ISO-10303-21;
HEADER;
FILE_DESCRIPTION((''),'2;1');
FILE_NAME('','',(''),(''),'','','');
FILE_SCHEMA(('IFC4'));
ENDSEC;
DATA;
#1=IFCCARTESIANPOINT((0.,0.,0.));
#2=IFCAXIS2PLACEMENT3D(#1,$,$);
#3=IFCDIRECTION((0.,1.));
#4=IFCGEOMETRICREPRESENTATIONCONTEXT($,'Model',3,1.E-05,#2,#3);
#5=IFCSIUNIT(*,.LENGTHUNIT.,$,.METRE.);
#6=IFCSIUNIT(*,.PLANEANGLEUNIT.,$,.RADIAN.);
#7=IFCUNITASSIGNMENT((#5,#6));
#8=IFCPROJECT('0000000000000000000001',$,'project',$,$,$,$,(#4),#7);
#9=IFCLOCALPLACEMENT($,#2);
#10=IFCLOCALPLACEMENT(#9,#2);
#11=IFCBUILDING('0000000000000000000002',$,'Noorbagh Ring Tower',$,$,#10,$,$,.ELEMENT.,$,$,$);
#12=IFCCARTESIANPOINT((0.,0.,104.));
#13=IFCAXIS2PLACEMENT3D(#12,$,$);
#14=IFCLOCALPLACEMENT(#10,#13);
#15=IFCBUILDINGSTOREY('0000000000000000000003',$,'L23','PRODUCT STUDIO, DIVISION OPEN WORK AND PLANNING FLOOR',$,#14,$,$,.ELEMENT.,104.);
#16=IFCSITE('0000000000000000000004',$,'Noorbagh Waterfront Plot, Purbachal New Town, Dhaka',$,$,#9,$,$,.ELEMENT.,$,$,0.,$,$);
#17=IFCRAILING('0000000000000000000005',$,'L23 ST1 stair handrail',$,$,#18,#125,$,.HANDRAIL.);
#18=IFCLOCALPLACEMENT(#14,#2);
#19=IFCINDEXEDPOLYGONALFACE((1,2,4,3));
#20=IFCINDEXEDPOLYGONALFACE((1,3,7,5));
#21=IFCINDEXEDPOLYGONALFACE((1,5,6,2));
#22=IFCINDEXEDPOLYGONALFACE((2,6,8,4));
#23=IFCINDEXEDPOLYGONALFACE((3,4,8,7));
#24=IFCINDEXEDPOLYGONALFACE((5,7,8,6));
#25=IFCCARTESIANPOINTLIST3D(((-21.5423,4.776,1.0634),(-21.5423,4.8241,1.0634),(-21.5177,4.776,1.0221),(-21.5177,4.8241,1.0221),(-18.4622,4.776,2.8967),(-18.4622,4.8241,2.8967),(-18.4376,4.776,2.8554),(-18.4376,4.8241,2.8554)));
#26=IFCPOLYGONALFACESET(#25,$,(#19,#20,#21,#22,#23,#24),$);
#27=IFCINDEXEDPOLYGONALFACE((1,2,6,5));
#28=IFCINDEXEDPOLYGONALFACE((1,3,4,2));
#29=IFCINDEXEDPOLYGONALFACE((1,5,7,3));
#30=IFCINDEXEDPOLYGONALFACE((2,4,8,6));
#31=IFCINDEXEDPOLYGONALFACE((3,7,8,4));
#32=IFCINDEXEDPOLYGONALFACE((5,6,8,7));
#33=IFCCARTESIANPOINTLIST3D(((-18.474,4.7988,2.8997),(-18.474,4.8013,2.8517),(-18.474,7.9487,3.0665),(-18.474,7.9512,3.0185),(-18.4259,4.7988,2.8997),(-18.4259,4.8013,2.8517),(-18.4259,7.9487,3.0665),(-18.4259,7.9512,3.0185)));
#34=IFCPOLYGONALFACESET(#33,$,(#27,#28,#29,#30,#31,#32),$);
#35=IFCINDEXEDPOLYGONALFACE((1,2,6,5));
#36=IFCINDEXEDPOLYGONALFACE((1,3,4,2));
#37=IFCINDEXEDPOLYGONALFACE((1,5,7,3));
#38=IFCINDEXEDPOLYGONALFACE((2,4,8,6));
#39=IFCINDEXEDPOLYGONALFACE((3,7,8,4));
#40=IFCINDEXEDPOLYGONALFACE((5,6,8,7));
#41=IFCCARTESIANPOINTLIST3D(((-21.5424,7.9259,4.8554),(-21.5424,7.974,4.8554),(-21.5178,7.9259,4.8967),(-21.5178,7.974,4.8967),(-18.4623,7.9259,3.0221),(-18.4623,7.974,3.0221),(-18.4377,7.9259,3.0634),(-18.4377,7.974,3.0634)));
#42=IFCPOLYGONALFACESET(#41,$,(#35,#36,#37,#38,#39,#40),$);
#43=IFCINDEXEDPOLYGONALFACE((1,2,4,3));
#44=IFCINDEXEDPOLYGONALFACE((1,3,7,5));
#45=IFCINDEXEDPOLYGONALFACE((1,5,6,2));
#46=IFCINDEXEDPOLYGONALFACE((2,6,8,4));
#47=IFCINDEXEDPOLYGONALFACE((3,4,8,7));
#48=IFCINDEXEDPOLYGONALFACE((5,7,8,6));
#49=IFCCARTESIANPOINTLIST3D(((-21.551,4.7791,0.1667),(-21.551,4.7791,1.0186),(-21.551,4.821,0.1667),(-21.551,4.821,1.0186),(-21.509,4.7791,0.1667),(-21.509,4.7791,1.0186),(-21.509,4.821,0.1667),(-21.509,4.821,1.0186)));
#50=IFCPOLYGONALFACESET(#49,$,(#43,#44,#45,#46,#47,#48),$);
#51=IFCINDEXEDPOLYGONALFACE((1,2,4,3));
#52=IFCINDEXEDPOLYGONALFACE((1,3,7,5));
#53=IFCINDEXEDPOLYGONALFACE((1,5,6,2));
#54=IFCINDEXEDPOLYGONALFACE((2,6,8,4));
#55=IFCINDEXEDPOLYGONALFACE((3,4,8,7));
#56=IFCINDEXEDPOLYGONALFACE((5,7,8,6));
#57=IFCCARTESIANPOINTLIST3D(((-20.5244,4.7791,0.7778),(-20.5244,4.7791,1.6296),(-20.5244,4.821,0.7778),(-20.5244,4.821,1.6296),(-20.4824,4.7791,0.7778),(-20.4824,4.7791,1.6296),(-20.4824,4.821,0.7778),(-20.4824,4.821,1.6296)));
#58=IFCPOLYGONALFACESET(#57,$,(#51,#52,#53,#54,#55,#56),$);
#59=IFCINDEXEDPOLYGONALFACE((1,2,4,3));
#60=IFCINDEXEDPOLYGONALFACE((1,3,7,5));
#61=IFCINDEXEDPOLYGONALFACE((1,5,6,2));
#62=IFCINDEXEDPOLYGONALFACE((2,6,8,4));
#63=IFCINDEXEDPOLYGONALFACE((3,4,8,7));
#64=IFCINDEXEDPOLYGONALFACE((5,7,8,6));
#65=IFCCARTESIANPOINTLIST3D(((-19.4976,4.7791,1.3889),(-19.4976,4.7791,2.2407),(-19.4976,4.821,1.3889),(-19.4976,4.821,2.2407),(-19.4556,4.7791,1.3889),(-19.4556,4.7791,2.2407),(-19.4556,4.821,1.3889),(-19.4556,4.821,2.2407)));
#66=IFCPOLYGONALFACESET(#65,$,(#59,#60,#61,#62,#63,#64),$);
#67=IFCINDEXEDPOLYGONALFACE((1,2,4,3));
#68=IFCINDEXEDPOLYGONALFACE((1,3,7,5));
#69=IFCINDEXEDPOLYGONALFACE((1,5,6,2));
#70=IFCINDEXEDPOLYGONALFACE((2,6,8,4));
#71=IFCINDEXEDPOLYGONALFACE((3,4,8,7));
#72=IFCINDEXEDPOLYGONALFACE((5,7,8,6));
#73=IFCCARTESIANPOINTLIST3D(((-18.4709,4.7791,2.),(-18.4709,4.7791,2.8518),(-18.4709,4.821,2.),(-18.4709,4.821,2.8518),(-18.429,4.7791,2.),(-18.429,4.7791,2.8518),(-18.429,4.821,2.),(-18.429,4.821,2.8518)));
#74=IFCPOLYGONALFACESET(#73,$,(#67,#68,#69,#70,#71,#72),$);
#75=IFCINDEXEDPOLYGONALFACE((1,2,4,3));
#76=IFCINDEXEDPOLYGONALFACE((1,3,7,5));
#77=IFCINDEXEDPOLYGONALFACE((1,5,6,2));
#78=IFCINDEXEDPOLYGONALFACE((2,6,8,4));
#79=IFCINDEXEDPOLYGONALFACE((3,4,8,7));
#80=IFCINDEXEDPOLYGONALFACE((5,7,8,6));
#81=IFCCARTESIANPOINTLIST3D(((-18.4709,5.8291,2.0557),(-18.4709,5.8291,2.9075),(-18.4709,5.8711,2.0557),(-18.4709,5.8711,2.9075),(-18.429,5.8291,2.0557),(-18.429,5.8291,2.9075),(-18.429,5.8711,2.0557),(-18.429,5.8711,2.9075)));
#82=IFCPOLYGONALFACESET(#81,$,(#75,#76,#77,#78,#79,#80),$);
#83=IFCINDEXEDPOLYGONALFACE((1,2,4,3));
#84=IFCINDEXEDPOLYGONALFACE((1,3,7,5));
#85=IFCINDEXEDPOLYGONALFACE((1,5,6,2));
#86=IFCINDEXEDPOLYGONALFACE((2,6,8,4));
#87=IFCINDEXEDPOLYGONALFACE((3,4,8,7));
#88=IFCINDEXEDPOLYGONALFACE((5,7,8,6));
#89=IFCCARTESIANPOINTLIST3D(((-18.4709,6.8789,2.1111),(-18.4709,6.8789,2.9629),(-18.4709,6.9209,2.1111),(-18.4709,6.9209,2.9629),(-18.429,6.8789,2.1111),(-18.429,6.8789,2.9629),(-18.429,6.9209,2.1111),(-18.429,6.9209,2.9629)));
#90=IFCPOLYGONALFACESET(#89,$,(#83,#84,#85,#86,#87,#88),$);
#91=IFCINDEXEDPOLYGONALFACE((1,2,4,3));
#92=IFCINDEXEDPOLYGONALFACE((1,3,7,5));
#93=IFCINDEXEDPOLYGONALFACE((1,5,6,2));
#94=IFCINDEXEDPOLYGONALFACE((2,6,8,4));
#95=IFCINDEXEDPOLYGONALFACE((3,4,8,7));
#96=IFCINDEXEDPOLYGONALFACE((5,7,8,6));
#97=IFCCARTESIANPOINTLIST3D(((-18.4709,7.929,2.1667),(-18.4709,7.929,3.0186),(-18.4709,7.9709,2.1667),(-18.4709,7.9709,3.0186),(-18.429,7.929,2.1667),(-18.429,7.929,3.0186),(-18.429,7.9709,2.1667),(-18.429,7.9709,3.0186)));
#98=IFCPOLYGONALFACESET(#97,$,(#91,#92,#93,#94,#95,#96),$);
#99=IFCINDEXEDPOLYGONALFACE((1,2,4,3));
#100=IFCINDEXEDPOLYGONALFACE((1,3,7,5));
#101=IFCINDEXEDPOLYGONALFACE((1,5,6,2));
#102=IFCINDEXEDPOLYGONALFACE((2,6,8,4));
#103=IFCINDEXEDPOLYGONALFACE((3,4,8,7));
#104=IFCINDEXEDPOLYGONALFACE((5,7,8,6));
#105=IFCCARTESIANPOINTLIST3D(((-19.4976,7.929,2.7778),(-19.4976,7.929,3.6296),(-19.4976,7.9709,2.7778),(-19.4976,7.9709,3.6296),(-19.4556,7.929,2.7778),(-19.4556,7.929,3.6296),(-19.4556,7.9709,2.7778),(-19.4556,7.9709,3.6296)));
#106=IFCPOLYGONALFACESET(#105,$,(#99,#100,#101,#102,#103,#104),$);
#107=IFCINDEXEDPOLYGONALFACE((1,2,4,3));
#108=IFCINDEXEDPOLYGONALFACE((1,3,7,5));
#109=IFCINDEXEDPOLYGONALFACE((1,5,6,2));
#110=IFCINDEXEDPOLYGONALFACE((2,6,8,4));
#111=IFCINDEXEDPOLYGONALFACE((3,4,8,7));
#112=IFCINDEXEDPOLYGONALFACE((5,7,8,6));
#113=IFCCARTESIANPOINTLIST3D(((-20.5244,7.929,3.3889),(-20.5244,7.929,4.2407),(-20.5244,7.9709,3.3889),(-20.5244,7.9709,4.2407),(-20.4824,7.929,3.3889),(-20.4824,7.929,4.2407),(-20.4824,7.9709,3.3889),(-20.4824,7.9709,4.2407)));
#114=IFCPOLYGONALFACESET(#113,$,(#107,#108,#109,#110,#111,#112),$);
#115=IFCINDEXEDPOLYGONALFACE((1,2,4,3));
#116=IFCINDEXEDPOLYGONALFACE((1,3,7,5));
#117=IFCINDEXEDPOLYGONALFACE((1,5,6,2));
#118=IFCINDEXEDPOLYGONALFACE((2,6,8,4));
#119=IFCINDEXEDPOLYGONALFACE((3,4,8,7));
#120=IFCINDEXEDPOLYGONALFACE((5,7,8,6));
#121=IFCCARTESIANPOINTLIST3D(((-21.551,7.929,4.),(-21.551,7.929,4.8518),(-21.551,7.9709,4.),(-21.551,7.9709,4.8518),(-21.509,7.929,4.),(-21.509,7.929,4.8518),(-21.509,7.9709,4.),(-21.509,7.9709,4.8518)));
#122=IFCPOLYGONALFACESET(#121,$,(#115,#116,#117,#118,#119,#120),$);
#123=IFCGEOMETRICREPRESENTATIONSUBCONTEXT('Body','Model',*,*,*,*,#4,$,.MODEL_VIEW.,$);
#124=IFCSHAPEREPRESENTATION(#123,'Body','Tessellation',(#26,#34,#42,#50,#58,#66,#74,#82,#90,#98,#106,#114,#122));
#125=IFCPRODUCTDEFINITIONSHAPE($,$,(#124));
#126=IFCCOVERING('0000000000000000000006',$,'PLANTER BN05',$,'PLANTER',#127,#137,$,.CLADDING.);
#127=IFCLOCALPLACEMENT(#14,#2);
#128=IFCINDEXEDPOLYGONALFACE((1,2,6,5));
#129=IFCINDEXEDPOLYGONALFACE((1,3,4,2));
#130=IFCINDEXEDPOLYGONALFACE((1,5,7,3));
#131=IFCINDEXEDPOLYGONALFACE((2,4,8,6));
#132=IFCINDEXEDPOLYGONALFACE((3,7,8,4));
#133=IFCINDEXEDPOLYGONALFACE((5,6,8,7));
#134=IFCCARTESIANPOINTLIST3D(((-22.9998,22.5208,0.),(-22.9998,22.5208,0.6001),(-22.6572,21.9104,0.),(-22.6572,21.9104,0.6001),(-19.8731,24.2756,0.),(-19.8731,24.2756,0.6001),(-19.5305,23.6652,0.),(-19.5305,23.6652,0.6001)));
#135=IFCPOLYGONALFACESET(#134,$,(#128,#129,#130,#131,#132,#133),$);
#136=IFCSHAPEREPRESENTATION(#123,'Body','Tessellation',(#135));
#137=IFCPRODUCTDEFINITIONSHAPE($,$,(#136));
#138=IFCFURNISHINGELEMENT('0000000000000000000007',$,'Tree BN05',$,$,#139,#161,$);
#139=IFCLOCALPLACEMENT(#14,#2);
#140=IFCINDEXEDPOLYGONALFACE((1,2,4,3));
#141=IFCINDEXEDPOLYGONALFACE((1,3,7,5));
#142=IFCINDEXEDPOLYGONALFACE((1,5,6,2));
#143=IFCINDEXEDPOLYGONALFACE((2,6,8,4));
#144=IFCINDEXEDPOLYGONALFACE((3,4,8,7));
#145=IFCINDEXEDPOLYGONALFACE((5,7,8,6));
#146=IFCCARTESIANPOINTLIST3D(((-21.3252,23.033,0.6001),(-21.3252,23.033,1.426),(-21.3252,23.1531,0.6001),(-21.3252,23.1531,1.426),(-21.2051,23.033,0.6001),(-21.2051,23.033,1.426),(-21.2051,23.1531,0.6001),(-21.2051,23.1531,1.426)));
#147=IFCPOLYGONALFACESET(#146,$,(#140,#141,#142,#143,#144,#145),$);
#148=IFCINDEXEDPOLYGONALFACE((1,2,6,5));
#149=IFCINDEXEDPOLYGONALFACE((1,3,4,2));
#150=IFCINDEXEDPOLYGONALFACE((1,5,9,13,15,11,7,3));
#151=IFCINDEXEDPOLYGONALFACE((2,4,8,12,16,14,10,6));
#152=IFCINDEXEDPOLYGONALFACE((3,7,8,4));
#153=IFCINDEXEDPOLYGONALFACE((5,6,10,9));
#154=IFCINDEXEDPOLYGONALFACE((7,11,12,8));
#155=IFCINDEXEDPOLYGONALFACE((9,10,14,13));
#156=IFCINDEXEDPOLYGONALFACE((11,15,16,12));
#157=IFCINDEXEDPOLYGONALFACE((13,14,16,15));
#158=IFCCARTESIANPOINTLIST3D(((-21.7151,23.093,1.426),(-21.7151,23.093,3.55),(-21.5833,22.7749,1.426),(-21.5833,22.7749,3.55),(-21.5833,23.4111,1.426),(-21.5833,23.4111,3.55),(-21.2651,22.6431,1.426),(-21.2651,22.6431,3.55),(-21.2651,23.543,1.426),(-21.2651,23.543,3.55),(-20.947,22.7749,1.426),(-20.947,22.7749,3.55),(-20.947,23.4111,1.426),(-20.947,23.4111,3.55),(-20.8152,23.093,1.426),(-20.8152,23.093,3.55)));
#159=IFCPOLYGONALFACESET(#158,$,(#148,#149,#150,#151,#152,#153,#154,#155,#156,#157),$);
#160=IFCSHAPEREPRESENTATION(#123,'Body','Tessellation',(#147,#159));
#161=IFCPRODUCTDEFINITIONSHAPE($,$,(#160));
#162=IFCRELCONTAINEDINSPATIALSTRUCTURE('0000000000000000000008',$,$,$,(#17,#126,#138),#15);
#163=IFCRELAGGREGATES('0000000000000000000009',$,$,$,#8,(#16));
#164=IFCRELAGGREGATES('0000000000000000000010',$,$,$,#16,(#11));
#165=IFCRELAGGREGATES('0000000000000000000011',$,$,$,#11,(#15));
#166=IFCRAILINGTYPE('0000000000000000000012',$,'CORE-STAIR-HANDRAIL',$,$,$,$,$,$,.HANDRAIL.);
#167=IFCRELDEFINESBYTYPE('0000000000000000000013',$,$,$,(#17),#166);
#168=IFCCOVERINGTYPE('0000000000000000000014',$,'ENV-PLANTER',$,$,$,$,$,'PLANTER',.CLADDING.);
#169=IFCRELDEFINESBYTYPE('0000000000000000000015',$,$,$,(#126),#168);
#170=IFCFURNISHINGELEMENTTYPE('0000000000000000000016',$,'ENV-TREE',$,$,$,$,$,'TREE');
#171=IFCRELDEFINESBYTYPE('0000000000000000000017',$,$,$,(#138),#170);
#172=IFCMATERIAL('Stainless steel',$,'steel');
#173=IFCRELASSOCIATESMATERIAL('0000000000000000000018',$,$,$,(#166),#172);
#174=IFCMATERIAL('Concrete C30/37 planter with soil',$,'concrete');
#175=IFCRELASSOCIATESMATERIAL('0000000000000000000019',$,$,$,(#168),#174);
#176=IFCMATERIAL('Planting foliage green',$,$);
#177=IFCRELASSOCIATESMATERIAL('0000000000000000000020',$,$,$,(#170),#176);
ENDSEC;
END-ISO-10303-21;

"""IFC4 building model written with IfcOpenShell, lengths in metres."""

from ifc_helpers import new_model, si_unit, direction, frame, origin, origin_2d, place, context, subcontext, project, spatial, polyline, rectangle, outline, extrude, material, type_object, element, save


model = new_model("IFC4")

# Units and contexts
model_context = context("Model", 3, precision=1e-05, world=origin(), true_north=direction((0.0, 1.0)))
body_context = subcontext(model_context, "Body", "Model", "MODEL_VIEW")
ifc_project = project(units=[si_unit("LENGTHUNIT", "METRE"), si_unit("PLANEANGLEUNIT", "RADIAN")], contexts=[model_context])

# Site, building, storey
site_placement = place(None, origin())
site = spatial("IfcSite", under=ifc_project, at=site_placement, Name="Noorbagh Waterfront Plot, Purbachal New Town, Dhaka", CompositionType="ELEMENT", RefElevation=0.0)
building_placement = place(site_placement, origin())
building = spatial("IfcBuilding", under=site, at=building_placement, Name="Noorbagh Ring Tower", CompositionType="ELEMENT")
storey_placement = place(building_placement, frame((0.0, 0.0, 104.0)))
storey = spatial("IfcBuildingStorey", under=building, at=storey_placement, Name="L23", Description="PRODUCT STUDIO, DIVISION OPEN WORK AND PLANNING FLOOR", CompositionType="ELEMENT", Elevation=104.0)

# Railing
ifc_material_1 = material(Name="Stainless steel", Category="steel")
railing_type_1 = type_object("IfcRailingType", Name="CORE-STAIR-HANDRAIL", PredefinedType="HANDRAIL", material=ifc_material_1)
railing_1_placement = place(storey_placement, frame((-21.53, 4.8, 0.1667)))
element("IfcRailing", 1, at=railing_1_placement, inside=storey, type_object=railing_type_1, Name="L23 ST1 stair handrail", PredefinedType="HANDRAIL", context=body_context, shape_type="SweptSolid", body=[
    extrude(rectangle(XDim=0.0481, YDim=0.0481, at=origin_2d()), frame((0.0, 0.0, 0.876), z_axis=(0.859309, 0.0, 0.511458), x_axis=(0.0, 1.0, 0.0)), (0.0, 0.0, 1.0), 3.5845),
    extrude(rectangle(XDim=0.0481, YDim=0.0481, at=origin_2d()), frame((3.0801, 0.0, 2.709), z_axis=(0.0, 0.998602, 0.052864), x_axis=(-1.0, 0.0, 0.0)), (0.0, 0.0, 1.0), 3.1543),
    extrude(rectangle(XDim=0.0481, YDim=0.0481, at=origin_2d()), frame((3.0801, 3.1499, 2.876), z_axis=(-0.859309, 0.0, 0.511458), x_axis=(0.0, -1.0, 0.0)), (0.0, 0.0, 1.0), 3.5845),
    extrude(rectangle(XDim=0.042, YDim=0.042, at=origin_2d()), origin(), (0.0, 0.0, 1.0), 0.8518),
    extrude(rectangle(XDim=0.042, YDim=0.042, at=origin_2d()), frame((1.0266, 0.0, 0.6111)), (0.0, 0.0, 1.0), 0.8518),
    extrude(rectangle(XDim=0.042, YDim=0.042, at=origin_2d()), frame((2.0535, 0.0, 1.2222)), (0.0, 0.0, 1.0), 0.8518),
    extrude(rectangle(XDim=0.042, YDim=0.042, at=origin_2d()), frame((3.0801, 0.0, 1.8333)), (0.0, 0.0, 1.0), 0.8518),
    extrude(rectangle(XDim=0.042, YDim=0.042, at=origin_2d()), frame((3.0801, 1.05, 1.8889)), (0.0, 0.0, 1.0), 0.8518),
    extrude(rectangle(XDim=0.042, YDim=0.042, at=origin_2d()), frame((3.0801, 2.0999, 1.9443)), (0.0, 0.0, 1.0), 0.8518),
    extrude(rectangle(XDim=0.042, YDim=0.042, at=origin_2d()), frame((3.0801, 3.1499, 2.0)), (0.0, 0.0, 1.0), 0.8518),
    extrude(rectangle(XDim=0.042, YDim=0.042, at=origin_2d()), frame((2.0535, 3.1499, 2.6111)), (0.0, 0.0, 1.0), 0.8518),
    extrude(rectangle(XDim=0.042, YDim=0.042, at=origin_2d()), frame((1.0266, 3.1499, 3.2222)), (0.0, 0.0, 1.0), 0.8518),
    extrude(rectangle(XDim=0.042, YDim=0.042, at=origin_2d()), frame((0.0, 3.1499, 3.8333)), (0.0, 0.0, 1.0), 0.8518),
])

# Covering
ifc_material_2 = material(Name="Concrete C30/37 planter with soil", Category="concrete")
covering_type = type_object("IfcCoveringType", Name="ENV-PLANTER", ElementType="PLANTER", PredefinedType="CLADDING", material=ifc_material_2)
covering_placement = place(storey_placement, frame((-21.2651, 23.093, 0.0), z_axis=(0.0, 0.0, 1.0), x_axis=(-0.872045, -0.489426, 0.0)))
element("IfcCovering", 2, at=covering_placement, inside=storey, type_object=covering_type, Name="PLANTER BN05", ObjectType="PLANTER", PredefinedType="CLADDING", context=body_context, shape_type="SweptSolid", body=[
    extrude(rectangle(XDim=3.5854, YDim=0.7, at=origin_2d()), origin(), (0.0, 0.0, 1.0), 0.6001),
])

# Furnishing element
ifc_material_3 = material(Name="Planting foliage green")
furnishing_element_type = type_object("IfcFurnishingElementType", Name="ENV-TREE", ElementType="TREE", material=ifc_material_3)
furnishing_placement = place(storey_placement, frame((-21.2651, 23.093, 0.6001), z_axis=(0.0, 0.0, 1.0), x_axis=(1.0, 0.0, 0.0)))
element("IfcFurnishingElement", 3, at=furnishing_placement, inside=storey, type_object=furnishing_element_type, Name="Tree BN05", context=body_context, shape_type="SweptSolid", body=[
    extrude(rectangle(XDim=0.1201, YDim=0.1201, at=origin_2d()), origin(), (0.0, 0.0, 1.0), 0.8259),
    extrude(outline(polyline([(0.45, 0.0), (0.3181, 0.3181), (0.0, 0.45), (-0.3181, 0.3181), (-0.45, 0.0), (-0.3181, -0.3181), (0.0, -0.45), (0.3181, -0.3181), (0.45, 0.0)])), frame((0.0, 0.0, 0.8259)), (0.0, 0.0, 1.0), 2.124),
])

save(model, "model.ifc")
